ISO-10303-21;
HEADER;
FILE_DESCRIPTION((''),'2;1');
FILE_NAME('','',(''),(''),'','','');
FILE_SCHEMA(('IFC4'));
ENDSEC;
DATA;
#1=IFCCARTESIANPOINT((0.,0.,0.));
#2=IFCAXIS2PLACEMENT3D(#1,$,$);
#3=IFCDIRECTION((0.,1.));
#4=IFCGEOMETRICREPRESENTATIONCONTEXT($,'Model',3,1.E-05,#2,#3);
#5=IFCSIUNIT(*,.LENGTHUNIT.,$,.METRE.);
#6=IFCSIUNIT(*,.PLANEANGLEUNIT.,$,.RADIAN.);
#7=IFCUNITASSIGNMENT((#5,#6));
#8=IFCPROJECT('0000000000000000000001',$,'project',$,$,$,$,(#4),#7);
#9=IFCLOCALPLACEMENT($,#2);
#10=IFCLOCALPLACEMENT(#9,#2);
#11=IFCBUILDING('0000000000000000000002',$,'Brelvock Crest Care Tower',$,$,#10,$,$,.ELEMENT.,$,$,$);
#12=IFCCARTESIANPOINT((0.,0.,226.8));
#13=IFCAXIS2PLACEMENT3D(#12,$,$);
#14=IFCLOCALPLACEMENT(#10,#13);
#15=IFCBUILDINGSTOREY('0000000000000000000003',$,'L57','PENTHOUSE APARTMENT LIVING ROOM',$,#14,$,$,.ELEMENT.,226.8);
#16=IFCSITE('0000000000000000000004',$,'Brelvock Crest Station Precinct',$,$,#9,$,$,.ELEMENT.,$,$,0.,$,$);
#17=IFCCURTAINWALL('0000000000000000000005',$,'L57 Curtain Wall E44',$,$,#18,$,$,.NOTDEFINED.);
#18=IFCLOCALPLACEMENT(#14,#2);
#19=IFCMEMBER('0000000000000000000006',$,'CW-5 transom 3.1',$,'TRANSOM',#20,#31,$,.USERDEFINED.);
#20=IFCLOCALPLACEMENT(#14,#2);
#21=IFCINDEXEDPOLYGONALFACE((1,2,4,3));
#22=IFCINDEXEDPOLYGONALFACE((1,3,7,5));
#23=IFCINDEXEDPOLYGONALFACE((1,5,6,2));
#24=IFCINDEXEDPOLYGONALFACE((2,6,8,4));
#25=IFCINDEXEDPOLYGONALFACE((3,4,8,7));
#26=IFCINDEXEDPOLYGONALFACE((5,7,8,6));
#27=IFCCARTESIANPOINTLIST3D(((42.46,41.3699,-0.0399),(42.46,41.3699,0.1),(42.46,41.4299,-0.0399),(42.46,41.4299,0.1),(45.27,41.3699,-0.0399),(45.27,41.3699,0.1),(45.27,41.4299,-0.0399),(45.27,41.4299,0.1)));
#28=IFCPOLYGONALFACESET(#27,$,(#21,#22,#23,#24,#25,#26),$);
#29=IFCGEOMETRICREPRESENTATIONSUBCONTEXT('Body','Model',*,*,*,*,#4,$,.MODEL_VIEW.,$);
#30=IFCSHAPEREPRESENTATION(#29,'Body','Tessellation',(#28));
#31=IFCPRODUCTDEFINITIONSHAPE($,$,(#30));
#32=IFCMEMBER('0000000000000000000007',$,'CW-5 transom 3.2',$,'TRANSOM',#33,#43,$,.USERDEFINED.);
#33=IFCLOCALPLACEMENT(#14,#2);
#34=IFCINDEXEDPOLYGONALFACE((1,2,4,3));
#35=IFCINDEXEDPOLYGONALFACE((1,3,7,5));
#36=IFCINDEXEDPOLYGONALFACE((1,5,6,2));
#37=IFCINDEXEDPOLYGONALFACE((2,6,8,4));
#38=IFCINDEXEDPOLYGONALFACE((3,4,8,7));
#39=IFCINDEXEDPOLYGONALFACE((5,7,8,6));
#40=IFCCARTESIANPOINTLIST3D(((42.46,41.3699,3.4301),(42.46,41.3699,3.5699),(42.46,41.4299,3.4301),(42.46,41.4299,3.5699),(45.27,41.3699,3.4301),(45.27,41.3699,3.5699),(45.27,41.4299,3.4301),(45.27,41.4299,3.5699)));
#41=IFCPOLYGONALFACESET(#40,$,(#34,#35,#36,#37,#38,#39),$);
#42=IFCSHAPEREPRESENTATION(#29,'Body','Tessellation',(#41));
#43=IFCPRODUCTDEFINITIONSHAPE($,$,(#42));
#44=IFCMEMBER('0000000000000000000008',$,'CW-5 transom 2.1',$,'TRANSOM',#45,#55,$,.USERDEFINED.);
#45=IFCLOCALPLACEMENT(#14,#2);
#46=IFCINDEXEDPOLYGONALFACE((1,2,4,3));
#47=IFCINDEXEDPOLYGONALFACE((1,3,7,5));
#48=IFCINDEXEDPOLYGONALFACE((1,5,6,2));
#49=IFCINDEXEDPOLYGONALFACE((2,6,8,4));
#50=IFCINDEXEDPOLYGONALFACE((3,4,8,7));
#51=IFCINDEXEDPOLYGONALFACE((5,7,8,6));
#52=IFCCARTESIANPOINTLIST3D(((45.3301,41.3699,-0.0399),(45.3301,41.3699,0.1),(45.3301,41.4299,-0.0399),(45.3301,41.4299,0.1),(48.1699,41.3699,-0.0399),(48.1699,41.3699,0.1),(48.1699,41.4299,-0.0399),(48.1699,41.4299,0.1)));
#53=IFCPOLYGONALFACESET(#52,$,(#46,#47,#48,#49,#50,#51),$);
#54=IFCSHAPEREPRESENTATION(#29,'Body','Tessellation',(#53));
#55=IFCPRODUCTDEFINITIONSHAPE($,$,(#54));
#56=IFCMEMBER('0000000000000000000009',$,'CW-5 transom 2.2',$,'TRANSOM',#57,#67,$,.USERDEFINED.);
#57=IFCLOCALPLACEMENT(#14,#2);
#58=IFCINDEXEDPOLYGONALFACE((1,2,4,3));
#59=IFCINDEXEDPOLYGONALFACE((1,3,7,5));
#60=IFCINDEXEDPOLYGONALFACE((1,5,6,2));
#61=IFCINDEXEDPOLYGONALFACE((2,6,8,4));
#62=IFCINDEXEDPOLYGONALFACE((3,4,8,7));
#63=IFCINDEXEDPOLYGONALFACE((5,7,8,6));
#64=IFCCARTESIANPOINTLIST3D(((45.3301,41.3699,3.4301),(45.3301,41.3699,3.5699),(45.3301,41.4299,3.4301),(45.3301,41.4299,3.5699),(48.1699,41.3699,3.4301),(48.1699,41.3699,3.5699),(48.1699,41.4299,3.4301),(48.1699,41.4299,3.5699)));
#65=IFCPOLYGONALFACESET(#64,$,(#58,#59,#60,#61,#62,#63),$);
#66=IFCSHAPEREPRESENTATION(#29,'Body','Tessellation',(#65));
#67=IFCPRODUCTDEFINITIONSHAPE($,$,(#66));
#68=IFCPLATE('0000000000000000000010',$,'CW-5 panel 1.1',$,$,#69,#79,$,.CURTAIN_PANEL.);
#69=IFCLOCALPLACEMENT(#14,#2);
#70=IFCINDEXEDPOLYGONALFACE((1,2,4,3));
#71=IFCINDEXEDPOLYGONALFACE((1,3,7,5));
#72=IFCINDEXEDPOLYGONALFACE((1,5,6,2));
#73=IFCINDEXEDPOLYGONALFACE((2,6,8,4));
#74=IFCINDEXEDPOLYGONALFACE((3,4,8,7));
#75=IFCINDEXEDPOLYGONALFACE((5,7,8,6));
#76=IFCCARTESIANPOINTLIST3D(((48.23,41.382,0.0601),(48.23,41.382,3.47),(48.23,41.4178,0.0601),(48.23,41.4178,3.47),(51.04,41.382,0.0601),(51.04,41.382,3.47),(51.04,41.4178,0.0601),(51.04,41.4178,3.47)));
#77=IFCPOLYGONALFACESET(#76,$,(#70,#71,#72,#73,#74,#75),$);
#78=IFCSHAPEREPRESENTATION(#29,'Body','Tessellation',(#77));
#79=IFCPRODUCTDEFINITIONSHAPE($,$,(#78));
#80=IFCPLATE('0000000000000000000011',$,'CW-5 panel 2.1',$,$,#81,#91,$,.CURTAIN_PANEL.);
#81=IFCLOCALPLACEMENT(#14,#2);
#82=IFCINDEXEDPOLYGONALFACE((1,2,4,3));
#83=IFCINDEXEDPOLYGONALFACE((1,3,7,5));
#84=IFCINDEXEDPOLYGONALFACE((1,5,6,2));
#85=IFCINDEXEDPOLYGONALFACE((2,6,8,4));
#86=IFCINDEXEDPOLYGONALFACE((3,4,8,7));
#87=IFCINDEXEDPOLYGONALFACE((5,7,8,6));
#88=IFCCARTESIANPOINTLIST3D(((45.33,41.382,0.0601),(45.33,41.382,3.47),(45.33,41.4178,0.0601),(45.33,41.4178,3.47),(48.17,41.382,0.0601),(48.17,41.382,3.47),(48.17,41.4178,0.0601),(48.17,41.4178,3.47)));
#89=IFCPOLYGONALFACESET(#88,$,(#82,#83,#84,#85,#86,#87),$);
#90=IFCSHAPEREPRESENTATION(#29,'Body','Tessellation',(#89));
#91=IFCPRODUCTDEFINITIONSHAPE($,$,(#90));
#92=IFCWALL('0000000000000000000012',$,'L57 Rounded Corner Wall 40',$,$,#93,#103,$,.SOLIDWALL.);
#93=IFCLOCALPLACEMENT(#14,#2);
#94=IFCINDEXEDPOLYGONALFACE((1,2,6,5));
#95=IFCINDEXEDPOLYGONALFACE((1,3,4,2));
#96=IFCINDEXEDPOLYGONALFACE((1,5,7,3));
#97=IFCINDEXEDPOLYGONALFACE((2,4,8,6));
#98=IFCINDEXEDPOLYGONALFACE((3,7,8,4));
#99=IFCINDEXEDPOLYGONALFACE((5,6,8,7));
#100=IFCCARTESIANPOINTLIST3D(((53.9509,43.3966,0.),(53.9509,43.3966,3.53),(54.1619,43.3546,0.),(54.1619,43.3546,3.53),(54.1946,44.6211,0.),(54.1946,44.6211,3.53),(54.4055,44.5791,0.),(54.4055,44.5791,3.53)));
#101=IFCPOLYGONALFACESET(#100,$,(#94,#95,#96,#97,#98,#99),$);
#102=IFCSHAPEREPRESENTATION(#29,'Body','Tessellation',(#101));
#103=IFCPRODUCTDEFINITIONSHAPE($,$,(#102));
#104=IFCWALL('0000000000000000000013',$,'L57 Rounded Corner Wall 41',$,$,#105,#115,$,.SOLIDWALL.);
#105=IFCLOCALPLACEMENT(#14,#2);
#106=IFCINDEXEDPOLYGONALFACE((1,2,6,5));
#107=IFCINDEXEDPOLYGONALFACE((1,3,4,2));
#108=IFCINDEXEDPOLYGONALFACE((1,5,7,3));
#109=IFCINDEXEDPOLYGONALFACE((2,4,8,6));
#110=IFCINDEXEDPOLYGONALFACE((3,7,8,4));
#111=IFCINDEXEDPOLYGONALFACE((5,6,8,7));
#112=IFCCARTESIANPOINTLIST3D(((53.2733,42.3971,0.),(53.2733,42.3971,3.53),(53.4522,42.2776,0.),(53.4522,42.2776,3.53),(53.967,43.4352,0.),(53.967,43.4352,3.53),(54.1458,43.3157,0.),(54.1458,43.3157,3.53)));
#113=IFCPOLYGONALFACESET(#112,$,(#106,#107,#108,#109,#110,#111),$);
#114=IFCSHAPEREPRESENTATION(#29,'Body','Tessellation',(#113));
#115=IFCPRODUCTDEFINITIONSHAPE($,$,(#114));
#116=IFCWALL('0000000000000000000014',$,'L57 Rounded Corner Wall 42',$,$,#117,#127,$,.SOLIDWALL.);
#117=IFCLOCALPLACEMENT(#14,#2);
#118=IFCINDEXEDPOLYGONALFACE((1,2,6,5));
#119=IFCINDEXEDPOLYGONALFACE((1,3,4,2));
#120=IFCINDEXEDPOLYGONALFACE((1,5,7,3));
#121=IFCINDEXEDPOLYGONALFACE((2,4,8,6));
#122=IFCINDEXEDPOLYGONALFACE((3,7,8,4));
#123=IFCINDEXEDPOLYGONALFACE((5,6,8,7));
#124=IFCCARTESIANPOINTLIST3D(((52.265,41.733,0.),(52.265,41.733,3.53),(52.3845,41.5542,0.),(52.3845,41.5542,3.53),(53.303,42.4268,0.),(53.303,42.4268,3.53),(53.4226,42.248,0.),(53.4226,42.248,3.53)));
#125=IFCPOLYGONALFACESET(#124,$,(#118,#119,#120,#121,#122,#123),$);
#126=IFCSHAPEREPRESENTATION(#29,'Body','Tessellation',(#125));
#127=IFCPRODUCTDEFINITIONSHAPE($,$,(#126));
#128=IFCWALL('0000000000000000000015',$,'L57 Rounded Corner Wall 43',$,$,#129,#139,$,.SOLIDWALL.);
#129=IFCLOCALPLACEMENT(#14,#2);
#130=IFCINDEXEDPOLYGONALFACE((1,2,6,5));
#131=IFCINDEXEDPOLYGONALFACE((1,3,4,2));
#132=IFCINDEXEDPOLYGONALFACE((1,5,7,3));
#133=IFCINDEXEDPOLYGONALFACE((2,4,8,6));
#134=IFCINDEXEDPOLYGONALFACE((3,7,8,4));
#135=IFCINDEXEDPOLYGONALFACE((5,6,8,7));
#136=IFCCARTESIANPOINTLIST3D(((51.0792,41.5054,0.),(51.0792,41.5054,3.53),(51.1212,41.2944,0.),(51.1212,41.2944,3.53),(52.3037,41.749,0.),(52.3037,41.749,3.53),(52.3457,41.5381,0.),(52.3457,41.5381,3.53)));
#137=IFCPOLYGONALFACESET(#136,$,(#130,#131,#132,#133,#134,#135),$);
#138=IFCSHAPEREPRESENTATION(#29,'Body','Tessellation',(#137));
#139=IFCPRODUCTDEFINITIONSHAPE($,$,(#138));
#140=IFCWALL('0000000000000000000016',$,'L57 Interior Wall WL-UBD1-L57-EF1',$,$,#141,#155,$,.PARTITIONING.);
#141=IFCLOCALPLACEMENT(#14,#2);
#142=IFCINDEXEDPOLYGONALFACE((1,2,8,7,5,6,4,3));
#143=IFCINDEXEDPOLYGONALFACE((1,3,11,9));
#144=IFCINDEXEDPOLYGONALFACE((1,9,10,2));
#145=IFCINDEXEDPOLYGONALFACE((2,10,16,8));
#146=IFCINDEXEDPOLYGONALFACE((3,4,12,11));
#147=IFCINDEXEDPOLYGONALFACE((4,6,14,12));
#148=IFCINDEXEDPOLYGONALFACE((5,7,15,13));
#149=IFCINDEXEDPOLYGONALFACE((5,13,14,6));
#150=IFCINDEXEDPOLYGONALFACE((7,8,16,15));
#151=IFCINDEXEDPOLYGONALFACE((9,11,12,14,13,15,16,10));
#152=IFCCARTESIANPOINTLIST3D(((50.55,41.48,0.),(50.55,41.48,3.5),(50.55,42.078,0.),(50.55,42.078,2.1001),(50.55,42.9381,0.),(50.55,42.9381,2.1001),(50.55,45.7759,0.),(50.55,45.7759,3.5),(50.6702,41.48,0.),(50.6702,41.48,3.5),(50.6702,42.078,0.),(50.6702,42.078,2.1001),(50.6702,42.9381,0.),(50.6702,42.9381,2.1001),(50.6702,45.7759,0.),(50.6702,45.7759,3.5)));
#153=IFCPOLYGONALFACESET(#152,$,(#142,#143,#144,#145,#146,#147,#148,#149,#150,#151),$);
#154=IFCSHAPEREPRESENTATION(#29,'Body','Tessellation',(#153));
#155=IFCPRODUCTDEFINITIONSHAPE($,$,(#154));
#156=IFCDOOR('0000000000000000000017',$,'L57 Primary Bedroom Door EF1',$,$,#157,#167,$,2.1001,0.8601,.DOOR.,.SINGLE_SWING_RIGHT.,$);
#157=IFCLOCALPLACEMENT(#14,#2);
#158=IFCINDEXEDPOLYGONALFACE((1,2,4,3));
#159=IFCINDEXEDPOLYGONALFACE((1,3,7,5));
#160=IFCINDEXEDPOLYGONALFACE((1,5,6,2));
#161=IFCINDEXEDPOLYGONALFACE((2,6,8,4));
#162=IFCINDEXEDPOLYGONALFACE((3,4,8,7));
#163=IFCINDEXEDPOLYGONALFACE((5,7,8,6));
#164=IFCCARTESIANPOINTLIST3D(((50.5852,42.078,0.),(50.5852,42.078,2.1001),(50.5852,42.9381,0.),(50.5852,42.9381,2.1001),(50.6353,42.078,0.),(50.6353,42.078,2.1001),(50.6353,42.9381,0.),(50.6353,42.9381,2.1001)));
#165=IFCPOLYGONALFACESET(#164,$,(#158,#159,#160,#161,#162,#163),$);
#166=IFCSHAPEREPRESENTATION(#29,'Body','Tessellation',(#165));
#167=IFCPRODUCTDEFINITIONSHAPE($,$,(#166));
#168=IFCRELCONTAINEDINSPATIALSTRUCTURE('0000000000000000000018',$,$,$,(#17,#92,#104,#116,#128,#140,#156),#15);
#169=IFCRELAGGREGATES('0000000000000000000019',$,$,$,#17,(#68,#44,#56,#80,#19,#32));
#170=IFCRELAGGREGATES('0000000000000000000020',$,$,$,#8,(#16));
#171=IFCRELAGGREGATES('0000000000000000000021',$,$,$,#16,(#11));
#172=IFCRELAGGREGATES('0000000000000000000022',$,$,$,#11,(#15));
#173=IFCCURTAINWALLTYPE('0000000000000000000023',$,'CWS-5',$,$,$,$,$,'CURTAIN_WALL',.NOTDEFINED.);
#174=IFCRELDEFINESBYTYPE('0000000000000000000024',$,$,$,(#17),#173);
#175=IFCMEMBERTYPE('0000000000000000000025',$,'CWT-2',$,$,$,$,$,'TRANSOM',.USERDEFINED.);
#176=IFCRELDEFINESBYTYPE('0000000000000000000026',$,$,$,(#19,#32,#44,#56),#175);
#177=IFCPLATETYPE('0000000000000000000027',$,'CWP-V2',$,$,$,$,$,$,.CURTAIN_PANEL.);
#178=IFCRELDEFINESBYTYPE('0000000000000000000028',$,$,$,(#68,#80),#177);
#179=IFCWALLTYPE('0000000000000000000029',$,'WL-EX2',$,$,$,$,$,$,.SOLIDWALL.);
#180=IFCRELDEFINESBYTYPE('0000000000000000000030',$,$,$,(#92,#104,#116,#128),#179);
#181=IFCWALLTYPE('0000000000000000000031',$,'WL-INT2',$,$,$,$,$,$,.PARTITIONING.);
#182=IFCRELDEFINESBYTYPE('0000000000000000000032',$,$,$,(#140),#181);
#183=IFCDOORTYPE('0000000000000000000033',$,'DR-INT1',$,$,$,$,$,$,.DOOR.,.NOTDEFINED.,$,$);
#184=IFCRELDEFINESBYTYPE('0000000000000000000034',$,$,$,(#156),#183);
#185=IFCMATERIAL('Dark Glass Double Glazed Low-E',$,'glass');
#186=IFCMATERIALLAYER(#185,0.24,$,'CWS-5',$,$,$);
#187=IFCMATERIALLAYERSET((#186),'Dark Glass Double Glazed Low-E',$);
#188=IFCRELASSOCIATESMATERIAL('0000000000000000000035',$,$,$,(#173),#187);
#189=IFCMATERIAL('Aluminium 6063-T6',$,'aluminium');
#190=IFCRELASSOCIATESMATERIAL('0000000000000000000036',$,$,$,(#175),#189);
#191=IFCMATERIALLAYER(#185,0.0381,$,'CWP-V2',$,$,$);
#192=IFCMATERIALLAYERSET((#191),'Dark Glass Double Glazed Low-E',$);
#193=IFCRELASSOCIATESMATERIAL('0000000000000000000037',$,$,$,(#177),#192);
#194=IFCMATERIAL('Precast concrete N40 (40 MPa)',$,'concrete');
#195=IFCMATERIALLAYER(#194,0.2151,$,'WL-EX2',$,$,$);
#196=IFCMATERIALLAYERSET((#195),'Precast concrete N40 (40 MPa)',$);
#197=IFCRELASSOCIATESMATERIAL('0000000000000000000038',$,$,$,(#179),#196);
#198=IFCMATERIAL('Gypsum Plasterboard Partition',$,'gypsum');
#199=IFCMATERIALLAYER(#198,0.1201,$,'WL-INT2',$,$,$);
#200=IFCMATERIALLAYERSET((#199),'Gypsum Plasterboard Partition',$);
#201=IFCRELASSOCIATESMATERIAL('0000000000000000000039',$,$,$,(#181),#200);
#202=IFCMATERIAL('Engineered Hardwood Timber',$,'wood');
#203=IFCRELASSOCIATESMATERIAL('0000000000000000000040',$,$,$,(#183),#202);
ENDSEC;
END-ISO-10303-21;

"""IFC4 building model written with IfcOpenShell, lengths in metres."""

from ifc_helpers import new_model, si_unit, direction, frame, frame_2d, origin, origin_2d, place, context, subcontext, project, spatial, rectangle, extrude, source, transform, mapped, material, layer, layer_set, material_profile, profile_set, type_object, element, fill, aggregate, save


model = new_model("IFC4")

# Units and contexts
model_context = context("Model", 3, precision=1e-05, world=origin(), true_north=direction((0.0, 1.0)))
body_context = subcontext(model_context, "Body", "Model", "MODEL_VIEW")
ifc_project = project(units=[si_unit("LENGTHUNIT", "METRE"), si_unit("PLANEANGLEUNIT", "RADIAN")], contexts=[model_context])

# Site, building, storey
site_placement = place(None, origin())
site = spatial("IfcSite", under=ifc_project, at=site_placement, Name="Brelvock Crest Station Precinct", CompositionType="ELEMENT", RefElevation=0.0)
building_placement = place(site_placement, origin())
building = spatial("IfcBuilding", under=site, at=building_placement, Name="Brelvock Crest Care Tower", CompositionType="ELEMENT")
storey_placement = place(building_placement, frame((0.0, 0.0, 226.8)))
storey = spatial("IfcBuildingStorey", under=building, at=storey_placement, Name="L57", Description="PENTHOUSE APARTMENT LIVING ROOM", CompositionType="ELEMENT", Elevation=226.8)

# Curtain wall, members, plates
ifc_material_1 = material(Name="Dark Glass Double Glazed Low-E", Category="glass")
ifc_layer_1 = layer(ifc_material_1, 0.24, Name="CWS-5")
ifc_layer_set_1 = layer_set([ifc_layer_1], Name="Dark Glass Double Glazed Low-E")
curtain_wall_type = type_object("IfcCurtainWallType", Name="CWS-5", ElementType="CURTAIN_WALL", PredefinedType="NOTDEFINED", material=ifc_layer_set_1)
curtain_wall_placement = place(storey_placement, origin())
curtain_wall = element("IfcCurtainWall", 1, at=curtain_wall_placement, inside=storey, type_object=curtain_wall_type, Name="L57 Curtain Wall E44", PredefinedType="NOTDEFINED")
ifc_material_2 = material(Name="Aluminium 6063-T6", Category="aluminium")
ifc_material_profile_1 = material_profile(ifc_material_2, rectangle(XDim=0.0601, YDim=0.1399, at=origin_2d()), Name="ALU60x140")
ifc_profile_set_1 = profile_set([ifc_material_profile_1], Name="Aluminium 6063-T6")
member_type_1 = type_object("IfcMemberType", Name="CWT-2", ElementType="TRANSOM", PredefinedType="USERDEFINED", material=ifc_profile_set_1)
shared_shape_1 = source(origin(), body_context, "Body", "SweptSolid", [
    extrude(rectangle(XDim=0.0601, YDim=0.1399, at=origin_2d()), origin(), (0.0, 0.0, 1.0), 2.8101),
])
member_1_placement = place(storey_placement, frame((45.27, 41.3999, 0.03), z_axis=(-1.0, 0.0, 0.0), x_axis=(0.0, -1.0, 0.0)))
member_1 = element("IfcMember", 2, at=member_1_placement, type_object=member_type_1, Name="CW-5 transom 3.1", ObjectType="TRANSOM", PredefinedType="USERDEFINED", context=body_context, shape_type="MappedRepresentation", body=[
    mapped(shared_shape_1, transform((0.0, 0.0, 0.0), x_axis=(1.0, 0.0, 0.0), y_axis=(0.0, 1.0, 0.0), z_axis=(0.0, 0.0, 1.0), scale=1.0)),
])
member_2_placement = place(storey_placement, frame((45.27, 41.3999, 3.5), z_axis=(-1.0, 0.0, 0.0), x_axis=(0.0, -1.0, 0.0)))
member_2 = element("IfcMember", 3, at=member_2_placement, type_object=member_type_1, Name="CW-5 transom 3.2", ObjectType="TRANSOM", PredefinedType="USERDEFINED", context=body_context, shape_type="MappedRepresentation", body=[
    mapped(shared_shape_1, transform((0.0, 0.0, 0.0), x_axis=(1.0, 0.0, 0.0), y_axis=(0.0, 1.0, 0.0), z_axis=(0.0, 0.0, 1.0), scale=1.0)),
])
shared_shape_2 = source(origin(), body_context, "Body", "SweptSolid", [
    extrude(rectangle(XDim=0.0601, YDim=0.1399, at=origin_2d()), origin(), (0.0, 0.0, 1.0), 2.8398),
])
member_3_placement = place(storey_placement, frame((48.1699, 41.3999, 0.03), z_axis=(-1.0, 0.0, 0.0), x_axis=(0.0, -1.0, 0.0)))
member_3 = element("IfcMember", 4, at=member_3_placement, type_object=member_type_1, Name="CW-5 transom 2.1", ObjectType="TRANSOM", PredefinedType="USERDEFINED", context=body_context, shape_type="MappedRepresentation", body=[
    mapped(shared_shape_2, transform((0.0, 0.0, 0.0), x_axis=(1.0, 0.0, 0.0), y_axis=(0.0, 1.0, 0.0), z_axis=(0.0, 0.0, 1.0), scale=1.0)),
])
member_4_placement = place(storey_placement, frame((48.1699, 41.3999, 3.5), z_axis=(-1.0, 0.0, 0.0), x_axis=(0.0, -1.0, 0.0)))
member_4 = element("IfcMember", 5, at=member_4_placement, type_object=member_type_1, Name="CW-5 transom 2.2", ObjectType="TRANSOM", PredefinedType="USERDEFINED", context=body_context, shape_type="MappedRepresentation", body=[
    mapped(shared_shape_2, transform((0.0, 0.0, 0.0), x_axis=(1.0, 0.0, 0.0), y_axis=(0.0, 1.0, 0.0), z_axis=(0.0, 0.0, 1.0), scale=1.0)),
])
ifc_layer_2 = layer(ifc_material_1, 0.0381, Name="CWP-V2")
ifc_layer_set_2 = layer_set([ifc_layer_2], Name="Dark Glass Double Glazed Low-E")
plate_type = type_object("IfcPlateType", Name="CWP-V2", PredefinedType="CURTAIN_PANEL", material=ifc_layer_set_2)
shared_shape_3 = source(origin(), body_context, "Body", "SweptSolid", [
    extrude(rectangle(XDim=2.8101, YDim=0.0359, at=origin_2d()), origin(), (0.0, 0.0, 1.0), 3.4099),
])
plate_1_placement = place(storey_placement, frame((49.635, 41.3999, 0.0601), z_axis=(0.0, 0.0, 1.0), x_axis=(-1.0, 0.0, 0.0)))
plate_1 = element("IfcPlate", 6, at=plate_1_placement, type_object=plate_type, Name="CW-5 panel 1.1", PredefinedType="CURTAIN_PANEL", context=body_context, shape_type="MappedRepresentation", body=[
    mapped(shared_shape_3, transform((0.0, 0.0, 0.0), x_axis=(1.0, 0.0, 0.0), y_axis=(0.0, 1.0, 0.0), z_axis=(0.0, 0.0, 1.0), scale=1.0)),
])
shared_shape_4 = source(origin(), body_context, "Body", "SweptSolid", [
    extrude(rectangle(XDim=2.8401, YDim=0.0359, at=origin_2d()), origin(), (0.0, 0.0, 1.0), 3.4099),
])
plate_2_placement = place(storey_placement, frame((46.75, 41.3999, 0.0601), z_axis=(0.0, 0.0, 1.0), x_axis=(-1.0, 0.0, 0.0)))
plate_2 = element("IfcPlate", 7, at=plate_2_placement, type_object=plate_type, Name="CW-5 panel 2.1", PredefinedType="CURTAIN_PANEL", context=body_context, shape_type="MappedRepresentation", body=[
    mapped(shared_shape_4, transform((0.0, 0.0, 0.0), x_axis=(1.0, 0.0, 0.0), y_axis=(0.0, 1.0, 0.0), z_axis=(0.0, 0.0, 1.0), scale=1.0)),
])
aggregate(curtain_wall, [plate_1, member_3, member_4, plate_2, member_1, member_2])

# Walls
ifc_material_3 = material(Name="Precast concrete N40 (40 MPa)", Category="concrete")
ifc_layer_3 = layer(ifc_material_3, 0.2151, Name="WL-EX2")
ifc_layer_set_3 = layer_set([ifc_layer_3], Name="Precast concrete N40 (40 MPa)")
wall_type_1 = type_object("IfcWallType", Name="WL-EX2", PredefinedType="SOLIDWALL", material=ifc_layer_set_3)
for number, where, z_axis, x_axis, name in (
    (8, (54.3, 44.6001, 0.0), (0.0, 0.0, 1.0), (-0.195138, -0.980776, 0.0), "L57 Rounded Corner Wall 40"),
    (9, (54.0564, 43.3755, 0.0), (0.0, 0.0, 1.0), (-0.555557, -0.831478, 0.0), "L57 Rounded Corner Wall 41"),
    (10, (53.3628, 42.3374, 0.0), (0.0, 0.0, 1.0), (-0.831388, -0.555692, 0.0), "L57 Rounded Corner Wall 42"),
    (11, (52.3247, 41.6436, 0.0), (0.0, 0.0, 1.0), (-0.980776, -0.195138, 0.0), "L57 Rounded Corner Wall 43"),
):
    element("IfcWall", number, at=place(storey_placement, frame(where, z_axis=z_axis, x_axis=x_axis)), inside=storey, type_object=wall_type_1, Name=name, PredefinedType="SOLIDWALL", context=body_context, shape_type="SweptSolid", body=[
        extrude(rectangle(XDim=1.2485, YDim=0.2151, at=frame_2d((0.6243, 0.0))), origin(), (0.0, 0.0, 1.0), 3.53),
    ])

# Wall, opening, door
ifc_material_4 = material(Name="Gypsum Plasterboard Partition", Category="gypsum")
ifc_layer_4 = layer(ifc_material_4, 0.1201, Name="WL-INT2")
ifc_layer_set_4 = layer_set([ifc_layer_4], Name="Gypsum Plasterboard Partition")
wall_type_2 = type_object("IfcWallType", Name="WL-INT2", PredefinedType="PARTITIONING", material=ifc_layer_set_4)
wall_placement = place(storey_placement, frame((50.6101, 41.48, 0.0), z_axis=(0.0, 0.0, 1.0), x_axis=(0.0, 1.0, 0.0)))
wall = element("IfcWall", 12, at=wall_placement, inside=storey, type_object=wall_type_2, Name="L57 Interior Wall WL-UBD1-L57-EF1", PredefinedType="PARTITIONING", context=body_context, shape_type="SweptSolid", body=[
    extrude(rectangle(XDim=4.2959, YDim=0.1201, at=frame_2d((2.1479, 0.0))), origin(), (0.0, 0.0, 1.0), 3.5),
])
opening_placement = place(wall_placement, frame((0.5979, 0.0, 0.0)))
opening = element("IfcOpeningElement", 13, at=opening_placement, cuts=wall, PredefinedType="OPENING", context=body_context, shape_type="SweptSolid", body=[
    extrude(rectangle(XDim=0.8601, YDim=2.1001, at=origin_2d()), frame((0.4302, 0.0701, 1.05), z_axis=(0.0, -1.0, 0.0), x_axis=(1.0, 0.0, 0.0)), (0.0, 0.0, 1.0), 0.1401),
])
ifc_material_5 = material(Name="Engineered Hardwood Timber", Category="wood")
door_type = type_object("IfcDoorType", Name="DR-INT1", OperationType="NOTDEFINED", PredefinedType="DOOR", material=ifc_material_5)
shared_shape_5 = source(origin(), body_context, "Body", "SweptSolid", [
    extrude(rectangle(XDim=0.8601, YDim=2.1001, at=origin_2d()), frame((0.4302, 0.0249, 1.05), z_axis=(0.0, -1.0, 0.0), x_axis=(1.0, 0.0, 0.0)), (0.0, 0.0, 1.0), 0.05),
])
door_placement = place(opening_placement, origin())
door = element("IfcDoor", 14, at=door_placement, inside=storey, type_object=door_type, Name="L57 Primary Bedroom Door EF1", OperationType="SINGLE_SWING_RIGHT", OverallHeight=2.1001, OverallWidth=0.8601, PredefinedType="DOOR", context=body_context, shape_type="MappedRepresentation", body=[
    mapped(shared_shape_5, transform((0.0, 0.0, 0.0), x_axis=(1.0, 0.0, 0.0), y_axis=(0.0, 1.0, 0.0), z_axis=(0.0, 0.0, 1.0), scale=1.0)),
])
fill(opening, door)

save(model, "model.ifc")
